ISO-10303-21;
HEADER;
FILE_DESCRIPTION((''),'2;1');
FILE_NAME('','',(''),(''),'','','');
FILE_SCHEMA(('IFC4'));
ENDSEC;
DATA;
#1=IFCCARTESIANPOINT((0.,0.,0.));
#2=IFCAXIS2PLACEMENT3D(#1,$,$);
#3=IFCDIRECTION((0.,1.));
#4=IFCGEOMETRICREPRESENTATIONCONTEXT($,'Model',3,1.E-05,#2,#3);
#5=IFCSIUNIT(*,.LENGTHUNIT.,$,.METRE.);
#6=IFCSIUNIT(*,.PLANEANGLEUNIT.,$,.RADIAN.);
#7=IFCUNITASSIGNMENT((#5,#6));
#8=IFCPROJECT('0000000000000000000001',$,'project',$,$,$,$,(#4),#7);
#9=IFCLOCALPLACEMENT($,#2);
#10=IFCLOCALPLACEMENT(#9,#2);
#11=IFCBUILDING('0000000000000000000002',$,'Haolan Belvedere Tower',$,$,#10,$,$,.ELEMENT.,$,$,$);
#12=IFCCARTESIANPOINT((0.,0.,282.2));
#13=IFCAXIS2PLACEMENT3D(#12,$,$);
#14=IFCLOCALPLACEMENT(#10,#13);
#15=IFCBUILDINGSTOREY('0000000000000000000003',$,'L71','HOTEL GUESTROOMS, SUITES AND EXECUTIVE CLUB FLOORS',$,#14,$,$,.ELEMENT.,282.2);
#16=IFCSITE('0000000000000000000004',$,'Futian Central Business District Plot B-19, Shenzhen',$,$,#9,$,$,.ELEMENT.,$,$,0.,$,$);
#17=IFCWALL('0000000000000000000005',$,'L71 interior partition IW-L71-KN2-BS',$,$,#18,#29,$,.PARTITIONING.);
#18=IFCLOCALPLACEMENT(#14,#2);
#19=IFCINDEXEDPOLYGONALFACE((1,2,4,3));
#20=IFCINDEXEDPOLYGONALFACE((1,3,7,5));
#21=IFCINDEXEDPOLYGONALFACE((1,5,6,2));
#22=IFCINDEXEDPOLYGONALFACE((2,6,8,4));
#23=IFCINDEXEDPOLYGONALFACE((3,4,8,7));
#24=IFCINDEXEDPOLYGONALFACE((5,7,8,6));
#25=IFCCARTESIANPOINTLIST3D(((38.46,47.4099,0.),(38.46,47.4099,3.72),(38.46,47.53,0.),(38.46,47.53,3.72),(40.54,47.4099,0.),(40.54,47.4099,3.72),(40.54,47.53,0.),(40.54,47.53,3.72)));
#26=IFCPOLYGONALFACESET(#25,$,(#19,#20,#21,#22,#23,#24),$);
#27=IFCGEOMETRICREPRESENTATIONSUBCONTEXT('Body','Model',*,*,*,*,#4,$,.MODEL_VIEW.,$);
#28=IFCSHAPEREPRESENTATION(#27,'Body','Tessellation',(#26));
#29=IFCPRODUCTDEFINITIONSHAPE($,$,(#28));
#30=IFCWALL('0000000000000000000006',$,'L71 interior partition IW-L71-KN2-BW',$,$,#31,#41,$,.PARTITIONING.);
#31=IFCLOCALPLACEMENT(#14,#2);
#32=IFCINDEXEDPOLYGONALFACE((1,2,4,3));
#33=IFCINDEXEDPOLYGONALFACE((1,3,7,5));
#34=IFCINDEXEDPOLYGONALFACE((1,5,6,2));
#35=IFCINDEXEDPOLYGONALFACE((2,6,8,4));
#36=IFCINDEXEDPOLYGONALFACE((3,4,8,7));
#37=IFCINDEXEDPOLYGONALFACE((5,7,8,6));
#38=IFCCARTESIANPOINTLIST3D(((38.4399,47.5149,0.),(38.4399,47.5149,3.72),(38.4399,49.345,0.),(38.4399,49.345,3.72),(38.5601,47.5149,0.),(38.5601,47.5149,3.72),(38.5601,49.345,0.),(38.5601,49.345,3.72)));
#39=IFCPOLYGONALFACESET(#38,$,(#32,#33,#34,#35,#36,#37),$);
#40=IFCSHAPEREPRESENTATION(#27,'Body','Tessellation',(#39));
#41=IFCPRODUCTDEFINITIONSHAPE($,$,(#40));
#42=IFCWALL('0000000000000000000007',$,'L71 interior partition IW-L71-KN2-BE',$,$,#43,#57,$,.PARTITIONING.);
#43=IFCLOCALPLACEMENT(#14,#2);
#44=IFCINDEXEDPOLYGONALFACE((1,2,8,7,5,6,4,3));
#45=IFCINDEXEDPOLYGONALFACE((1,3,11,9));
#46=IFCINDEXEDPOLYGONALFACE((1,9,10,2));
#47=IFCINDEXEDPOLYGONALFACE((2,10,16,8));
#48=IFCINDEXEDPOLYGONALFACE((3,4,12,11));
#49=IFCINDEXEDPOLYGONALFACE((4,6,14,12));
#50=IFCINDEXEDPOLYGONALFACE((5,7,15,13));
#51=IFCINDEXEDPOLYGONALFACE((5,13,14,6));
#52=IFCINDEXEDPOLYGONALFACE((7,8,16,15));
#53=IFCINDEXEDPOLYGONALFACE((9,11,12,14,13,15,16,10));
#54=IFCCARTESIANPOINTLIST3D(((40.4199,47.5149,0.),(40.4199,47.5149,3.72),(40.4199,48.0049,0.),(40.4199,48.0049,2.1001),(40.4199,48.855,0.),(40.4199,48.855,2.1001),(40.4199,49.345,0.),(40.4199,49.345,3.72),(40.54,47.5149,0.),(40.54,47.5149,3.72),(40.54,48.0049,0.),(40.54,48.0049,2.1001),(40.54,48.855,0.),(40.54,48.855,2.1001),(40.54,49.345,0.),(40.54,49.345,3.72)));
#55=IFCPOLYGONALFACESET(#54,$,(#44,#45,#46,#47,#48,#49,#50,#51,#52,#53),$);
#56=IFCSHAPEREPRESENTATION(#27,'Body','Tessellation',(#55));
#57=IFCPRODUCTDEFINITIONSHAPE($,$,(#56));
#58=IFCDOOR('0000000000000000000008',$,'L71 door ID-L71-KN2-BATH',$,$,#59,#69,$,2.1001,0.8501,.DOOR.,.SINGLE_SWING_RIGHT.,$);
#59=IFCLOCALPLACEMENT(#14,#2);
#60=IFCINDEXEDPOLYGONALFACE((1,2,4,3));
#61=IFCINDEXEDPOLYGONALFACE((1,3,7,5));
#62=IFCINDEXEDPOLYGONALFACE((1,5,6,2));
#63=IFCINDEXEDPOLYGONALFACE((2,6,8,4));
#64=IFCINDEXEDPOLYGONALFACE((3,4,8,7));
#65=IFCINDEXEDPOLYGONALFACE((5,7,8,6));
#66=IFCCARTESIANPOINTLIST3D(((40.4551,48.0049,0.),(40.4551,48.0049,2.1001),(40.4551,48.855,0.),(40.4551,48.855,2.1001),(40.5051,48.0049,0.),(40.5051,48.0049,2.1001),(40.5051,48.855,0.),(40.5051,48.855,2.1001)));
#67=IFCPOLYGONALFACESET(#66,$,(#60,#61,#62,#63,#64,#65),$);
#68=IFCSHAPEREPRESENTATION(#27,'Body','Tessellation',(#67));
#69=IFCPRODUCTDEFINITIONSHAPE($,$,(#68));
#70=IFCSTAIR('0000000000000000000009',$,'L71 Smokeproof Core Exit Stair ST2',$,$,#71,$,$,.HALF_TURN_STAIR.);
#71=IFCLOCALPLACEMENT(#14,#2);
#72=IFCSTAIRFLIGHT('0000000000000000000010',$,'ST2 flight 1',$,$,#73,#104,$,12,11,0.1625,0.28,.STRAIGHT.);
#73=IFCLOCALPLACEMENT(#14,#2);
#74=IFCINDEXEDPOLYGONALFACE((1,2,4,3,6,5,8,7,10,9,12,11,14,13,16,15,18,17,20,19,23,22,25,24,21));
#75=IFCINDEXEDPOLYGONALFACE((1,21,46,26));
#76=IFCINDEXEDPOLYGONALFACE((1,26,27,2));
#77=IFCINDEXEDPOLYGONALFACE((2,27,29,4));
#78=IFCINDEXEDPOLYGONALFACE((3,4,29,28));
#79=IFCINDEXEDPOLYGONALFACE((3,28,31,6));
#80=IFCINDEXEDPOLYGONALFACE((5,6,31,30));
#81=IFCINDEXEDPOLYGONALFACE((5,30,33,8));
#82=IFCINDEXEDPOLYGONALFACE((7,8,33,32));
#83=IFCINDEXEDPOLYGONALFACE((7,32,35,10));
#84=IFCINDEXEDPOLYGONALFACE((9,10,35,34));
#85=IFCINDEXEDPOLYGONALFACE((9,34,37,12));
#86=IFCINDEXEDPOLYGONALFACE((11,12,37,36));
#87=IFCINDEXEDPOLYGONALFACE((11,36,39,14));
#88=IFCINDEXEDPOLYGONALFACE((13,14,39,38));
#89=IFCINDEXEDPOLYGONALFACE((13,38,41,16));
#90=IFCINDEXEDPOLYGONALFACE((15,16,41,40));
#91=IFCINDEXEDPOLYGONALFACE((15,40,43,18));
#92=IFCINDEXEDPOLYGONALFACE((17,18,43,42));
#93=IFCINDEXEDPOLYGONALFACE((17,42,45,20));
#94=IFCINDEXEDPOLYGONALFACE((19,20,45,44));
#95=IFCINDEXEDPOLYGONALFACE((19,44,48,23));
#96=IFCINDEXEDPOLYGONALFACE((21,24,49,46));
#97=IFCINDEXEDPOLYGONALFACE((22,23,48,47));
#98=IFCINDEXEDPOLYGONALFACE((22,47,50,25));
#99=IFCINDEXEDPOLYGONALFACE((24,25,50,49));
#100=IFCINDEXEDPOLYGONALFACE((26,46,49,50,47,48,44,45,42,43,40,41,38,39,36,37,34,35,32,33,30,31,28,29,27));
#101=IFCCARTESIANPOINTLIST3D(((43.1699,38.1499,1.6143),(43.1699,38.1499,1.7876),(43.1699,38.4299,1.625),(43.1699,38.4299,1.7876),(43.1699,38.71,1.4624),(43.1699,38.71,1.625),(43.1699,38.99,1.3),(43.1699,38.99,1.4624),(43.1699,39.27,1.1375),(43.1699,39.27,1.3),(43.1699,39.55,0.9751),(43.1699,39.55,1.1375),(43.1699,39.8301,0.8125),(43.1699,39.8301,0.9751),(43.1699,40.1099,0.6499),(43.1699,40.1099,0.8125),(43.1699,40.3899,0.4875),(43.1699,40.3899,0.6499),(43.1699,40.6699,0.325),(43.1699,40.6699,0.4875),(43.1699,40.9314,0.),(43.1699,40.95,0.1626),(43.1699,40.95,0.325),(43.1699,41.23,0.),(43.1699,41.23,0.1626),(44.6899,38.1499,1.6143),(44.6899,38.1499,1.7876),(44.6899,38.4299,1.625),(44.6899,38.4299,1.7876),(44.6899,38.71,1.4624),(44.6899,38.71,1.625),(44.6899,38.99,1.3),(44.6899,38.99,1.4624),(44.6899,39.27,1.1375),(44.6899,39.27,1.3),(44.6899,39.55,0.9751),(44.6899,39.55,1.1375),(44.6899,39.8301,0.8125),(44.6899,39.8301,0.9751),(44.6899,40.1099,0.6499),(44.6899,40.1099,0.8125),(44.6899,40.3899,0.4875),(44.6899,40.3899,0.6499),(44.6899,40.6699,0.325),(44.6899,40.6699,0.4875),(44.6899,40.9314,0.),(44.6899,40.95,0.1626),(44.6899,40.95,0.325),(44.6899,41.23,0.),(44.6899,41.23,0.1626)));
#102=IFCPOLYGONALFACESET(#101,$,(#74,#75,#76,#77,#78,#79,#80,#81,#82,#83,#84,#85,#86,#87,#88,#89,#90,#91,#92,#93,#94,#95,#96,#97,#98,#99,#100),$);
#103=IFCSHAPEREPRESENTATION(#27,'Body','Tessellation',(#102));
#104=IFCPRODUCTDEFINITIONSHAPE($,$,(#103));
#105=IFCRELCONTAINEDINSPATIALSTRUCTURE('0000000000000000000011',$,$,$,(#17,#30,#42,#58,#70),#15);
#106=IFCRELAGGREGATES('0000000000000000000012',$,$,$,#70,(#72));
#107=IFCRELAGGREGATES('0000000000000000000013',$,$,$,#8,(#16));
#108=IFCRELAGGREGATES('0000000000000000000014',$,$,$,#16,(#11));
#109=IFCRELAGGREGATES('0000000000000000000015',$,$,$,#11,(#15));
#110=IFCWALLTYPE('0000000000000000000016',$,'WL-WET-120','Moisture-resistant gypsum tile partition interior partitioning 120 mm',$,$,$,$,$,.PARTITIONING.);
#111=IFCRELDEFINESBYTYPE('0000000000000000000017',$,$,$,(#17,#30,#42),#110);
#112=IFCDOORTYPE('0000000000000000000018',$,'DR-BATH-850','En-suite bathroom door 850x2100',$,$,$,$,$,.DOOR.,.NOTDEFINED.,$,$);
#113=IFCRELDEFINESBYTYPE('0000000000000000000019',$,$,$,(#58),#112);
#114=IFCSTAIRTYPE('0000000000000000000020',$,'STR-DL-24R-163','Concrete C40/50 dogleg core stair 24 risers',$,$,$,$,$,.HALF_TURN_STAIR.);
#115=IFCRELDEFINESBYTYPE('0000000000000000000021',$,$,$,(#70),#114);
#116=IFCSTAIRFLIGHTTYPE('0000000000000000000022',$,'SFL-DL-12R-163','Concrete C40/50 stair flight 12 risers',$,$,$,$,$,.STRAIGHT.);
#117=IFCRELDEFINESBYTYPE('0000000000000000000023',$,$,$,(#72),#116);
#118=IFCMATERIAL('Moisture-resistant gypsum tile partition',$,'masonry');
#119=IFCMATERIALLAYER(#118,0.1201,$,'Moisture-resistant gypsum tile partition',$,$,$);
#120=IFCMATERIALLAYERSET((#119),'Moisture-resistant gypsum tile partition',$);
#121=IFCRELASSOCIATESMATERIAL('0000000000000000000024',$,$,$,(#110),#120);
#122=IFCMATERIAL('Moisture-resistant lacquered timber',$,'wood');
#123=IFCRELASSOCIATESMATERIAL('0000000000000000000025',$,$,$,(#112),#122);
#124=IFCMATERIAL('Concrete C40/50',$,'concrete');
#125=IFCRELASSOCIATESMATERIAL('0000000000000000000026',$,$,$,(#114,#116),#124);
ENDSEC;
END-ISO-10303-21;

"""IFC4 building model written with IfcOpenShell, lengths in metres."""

from ifc_helpers import new_model, si_unit, direction, frame, frame_2d, origin, place, context, subcontext, project, spatial, polyline, rectangle, outline, extrude, material, layer, layer_set, type_object, element, fill, aggregate, save


model = new_model("IFC4")

# Units and contexts
model_context = context("Model", 3, precision=1e-05, world=origin(), true_north=direction((0.0, 1.0)))
body_context = subcontext(model_context, "Body", "Model", "MODEL_VIEW")
ifc_project = project(units=[si_unit("LENGTHUNIT", "METRE"), si_unit("PLANEANGLEUNIT", "RADIAN")], contexts=[model_context])

# Site, building, storey
site_placement = place(None, origin())
site = spatial("IfcSite", under=ifc_project, at=site_placement, Name="Futian Central Business District Plot B-19, Shenzhen", CompositionType="ELEMENT", RefElevation=0.0)
building_placement = place(site_placement, origin())
building = spatial("IfcBuilding", under=site, at=building_placement, Name="Haolan Belvedere Tower", CompositionType="ELEMENT")
storey_placement = place(building_placement, frame((0.0, 0.0, 282.2)))
storey = spatial("IfcBuildingStorey", under=building, at=storey_placement, Name="L71", Description="HOTEL GUESTROOMS, SUITES AND EXECUTIVE CLUB FLOORS", CompositionType="ELEMENT", Elevation=282.2)

# Shared definitions
ifc_material_1 = material(Name="Concrete C40/50", Category="concrete")

# Walls
ifc_material_2 = material(Name="Moisture-resistant gypsum tile partition", Category="masonry")
ifc_layer_1 = layer(ifc_material_2, 0.1201, Name="Moisture-resistant gypsum tile partition")
ifc_layer_set_1 = layer_set([ifc_layer_1], Name="Moisture-resistant gypsum tile partition")
wall_type_1 = type_object("IfcWallType", Name="WL-WET-120", Description="Moisture-resistant gypsum tile partition interior partitioning 120 mm", PredefinedType="PARTITIONING", material=ifc_layer_set_1)
wall_1_placement = place(storey_placement, frame((38.46, 47.47, 0.0), z_axis=(0.0, 0.0, 1.0), x_axis=(1.0, 0.0, 0.0)))
element("IfcWall", 1, at=wall_1_placement, inside=storey, type_object=wall_type_1, Name="L71 interior partition IW-L71-KN2-BS", PredefinedType="PARTITIONING", context=body_context, shape_type="SweptSolid", body=[
    extrude(rectangle(XDim=2.0801, YDim=0.1201, at=frame_2d((1.04, 0.0))), origin(), (0.0, 0.0, 1.0), 3.72),
])
wall_2_placement = place(storey_placement, frame((38.5, 47.5149, 0.0), z_axis=(0.0, 0.0, 1.0), x_axis=(0.0, 1.0, 0.0)))
element("IfcWall", 2, at=wall_2_placement, inside=storey, type_object=wall_type_1, Name="L71 interior partition IW-L71-KN2-BW", PredefinedType="PARTITIONING", context=body_context, shape_type="SweptSolid", body=[
    extrude(rectangle(XDim=1.8301, YDim=0.1201, at=frame_2d((0.915, 0.0))), origin(), (0.0, 0.0, 1.0), 3.72),
])

# Wall, opening, door
wall_3_placement = place(storey_placement, frame((40.48, 47.5149, 0.0), z_axis=(0.0, 0.0, 1.0), x_axis=(0.0, 1.0, 0.0)))
wall_3 = element("IfcWall", 3, at=wall_3_placement, inside=storey, type_object=wall_type_1, Name="L71 interior partition IW-L71-KN2-BE", PredefinedType="PARTITIONING", context=body_context, shape_type="SweptSolid", body=[
    extrude(rectangle(XDim=1.8301, YDim=0.1201, at=frame_2d((0.915, 0.0))), origin(), (0.0, 0.0, 1.0), 3.72),
])
opening_1_placement = place(wall_3_placement, frame((0.49, 0.0, 0.0)))
opening_1 = element("IfcOpeningElement", 4, at=opening_1_placement, cuts=wall_3, PredefinedType="OPENING", context=body_context, shape_type="SweptSolid", body=[
    extrude(rectangle(XDim=0.8501, YDim=2.1001, at=frame_2d((0.425, 1.05))), frame((0.0, 0.0701, 0.0), z_axis=(0.0, -1.0, 0.0), x_axis=(1.0, 0.0, 0.0)), (0.0, 0.0, 1.0), 0.1401),
])
ifc_material_3 = material(Name="Moisture-resistant lacquered timber", Category="wood")
door_type_1 = type_object("IfcDoorType", Name="DR-BATH-850", Description="En-suite bathroom door 850x2100", OperationType="NOTDEFINED", PredefinedType="DOOR", material=ifc_material_3)
door_1_placement = place(opening_1_placement, origin())
door_1 = element("IfcDoor", 5, at=door_1_placement, inside=storey, type_object=door_type_1, Name="L71 door ID-L71-KN2-BATH", OperationType="SINGLE_SWING_RIGHT", OverallHeight=2.1001, OverallWidth=0.8501, PredefinedType="DOOR", context=body_context, shape_type="SweptSolid", body=[
    extrude(rectangle(XDim=0.8501, YDim=2.1001, at=frame_2d((0.425, 1.05))), frame((0.0, 0.0249, 0.0), z_axis=(0.0, -1.0, 0.0), x_axis=(1.0, 0.0, 0.0)), (0.0, 0.0, 1.0), 0.05),
])
fill(opening_1, door_1)

# Stair, stair flight
stair_type = type_object("IfcStairType", Name="STR-DL-24R-163", Description="Concrete C40/50 dogleg core stair 24 risers", PredefinedType="HALF_TURN_STAIR", material=ifc_material_1)
stair_placement = place(storey_placement, origin())
stair = element("IfcStair", 6, at=stair_placement, inside=storey, type_object=stair_type, Name="L71 Smokeproof Core Exit Stair ST2", PredefinedType="HALF_TURN_STAIR")
stair_flight_type = type_object("IfcStairFlightType", Name="SFL-DL-12R-163", Description="Concrete C40/50 stair flight 12 risers", PredefinedType="STRAIGHT", material=ifc_material_1)
stair_flight_placement = place(storey_placement, frame((43.9299, 41.23, 0.0), z_axis=(0.0, 0.0, 1.0), x_axis=(0.0, -1.0, 0.0)))
stair_flight = element("IfcStairFlight", 7, at=stair_flight_placement, type_object=stair_flight_type, Name="ST2 flight 1", NumberOfRisers=12, NumberOfTreads=11, PredefinedType="STRAIGHT", RiserHeight=0.1625, TreadLength=0.28, context=body_context, shape_type="SweptSolid", body=[
    extrude(outline(polyline([(0.0, 0.0), (0.0, 0.1626), (0.28, 0.1626), (0.28, 0.325), (0.5601, 0.325), (0.5601, 0.4875), (0.8401, 0.4875), (0.8401, 0.6499), (1.1201, 0.6499), (1.1201, 0.8125), (1.3999, 0.8125), (1.3999, 0.9751), (1.6799, 0.9751), (1.6799, 1.1375), (1.96, 1.1375), (1.96, 1.3), (2.24, 1.3), (2.24, 1.4624), (2.52, 1.4624), (2.52, 1.625), (2.8, 1.625), (2.8, 1.7876), (3.0801, 1.7876), (3.0801, 1.95), (3.0801, 1.6143), (0.2986, 0.0), (0.0, 0.0)])), frame((0.0, 0.76, 0.0), z_axis=(0.0, -1.0, 0.0), x_axis=(1.0, 0.0, 0.0)), (0.0, 0.0, 1.0), 1.52),
])
aggregate(stair, [stair_flight])

save(model, "model.ifc")
